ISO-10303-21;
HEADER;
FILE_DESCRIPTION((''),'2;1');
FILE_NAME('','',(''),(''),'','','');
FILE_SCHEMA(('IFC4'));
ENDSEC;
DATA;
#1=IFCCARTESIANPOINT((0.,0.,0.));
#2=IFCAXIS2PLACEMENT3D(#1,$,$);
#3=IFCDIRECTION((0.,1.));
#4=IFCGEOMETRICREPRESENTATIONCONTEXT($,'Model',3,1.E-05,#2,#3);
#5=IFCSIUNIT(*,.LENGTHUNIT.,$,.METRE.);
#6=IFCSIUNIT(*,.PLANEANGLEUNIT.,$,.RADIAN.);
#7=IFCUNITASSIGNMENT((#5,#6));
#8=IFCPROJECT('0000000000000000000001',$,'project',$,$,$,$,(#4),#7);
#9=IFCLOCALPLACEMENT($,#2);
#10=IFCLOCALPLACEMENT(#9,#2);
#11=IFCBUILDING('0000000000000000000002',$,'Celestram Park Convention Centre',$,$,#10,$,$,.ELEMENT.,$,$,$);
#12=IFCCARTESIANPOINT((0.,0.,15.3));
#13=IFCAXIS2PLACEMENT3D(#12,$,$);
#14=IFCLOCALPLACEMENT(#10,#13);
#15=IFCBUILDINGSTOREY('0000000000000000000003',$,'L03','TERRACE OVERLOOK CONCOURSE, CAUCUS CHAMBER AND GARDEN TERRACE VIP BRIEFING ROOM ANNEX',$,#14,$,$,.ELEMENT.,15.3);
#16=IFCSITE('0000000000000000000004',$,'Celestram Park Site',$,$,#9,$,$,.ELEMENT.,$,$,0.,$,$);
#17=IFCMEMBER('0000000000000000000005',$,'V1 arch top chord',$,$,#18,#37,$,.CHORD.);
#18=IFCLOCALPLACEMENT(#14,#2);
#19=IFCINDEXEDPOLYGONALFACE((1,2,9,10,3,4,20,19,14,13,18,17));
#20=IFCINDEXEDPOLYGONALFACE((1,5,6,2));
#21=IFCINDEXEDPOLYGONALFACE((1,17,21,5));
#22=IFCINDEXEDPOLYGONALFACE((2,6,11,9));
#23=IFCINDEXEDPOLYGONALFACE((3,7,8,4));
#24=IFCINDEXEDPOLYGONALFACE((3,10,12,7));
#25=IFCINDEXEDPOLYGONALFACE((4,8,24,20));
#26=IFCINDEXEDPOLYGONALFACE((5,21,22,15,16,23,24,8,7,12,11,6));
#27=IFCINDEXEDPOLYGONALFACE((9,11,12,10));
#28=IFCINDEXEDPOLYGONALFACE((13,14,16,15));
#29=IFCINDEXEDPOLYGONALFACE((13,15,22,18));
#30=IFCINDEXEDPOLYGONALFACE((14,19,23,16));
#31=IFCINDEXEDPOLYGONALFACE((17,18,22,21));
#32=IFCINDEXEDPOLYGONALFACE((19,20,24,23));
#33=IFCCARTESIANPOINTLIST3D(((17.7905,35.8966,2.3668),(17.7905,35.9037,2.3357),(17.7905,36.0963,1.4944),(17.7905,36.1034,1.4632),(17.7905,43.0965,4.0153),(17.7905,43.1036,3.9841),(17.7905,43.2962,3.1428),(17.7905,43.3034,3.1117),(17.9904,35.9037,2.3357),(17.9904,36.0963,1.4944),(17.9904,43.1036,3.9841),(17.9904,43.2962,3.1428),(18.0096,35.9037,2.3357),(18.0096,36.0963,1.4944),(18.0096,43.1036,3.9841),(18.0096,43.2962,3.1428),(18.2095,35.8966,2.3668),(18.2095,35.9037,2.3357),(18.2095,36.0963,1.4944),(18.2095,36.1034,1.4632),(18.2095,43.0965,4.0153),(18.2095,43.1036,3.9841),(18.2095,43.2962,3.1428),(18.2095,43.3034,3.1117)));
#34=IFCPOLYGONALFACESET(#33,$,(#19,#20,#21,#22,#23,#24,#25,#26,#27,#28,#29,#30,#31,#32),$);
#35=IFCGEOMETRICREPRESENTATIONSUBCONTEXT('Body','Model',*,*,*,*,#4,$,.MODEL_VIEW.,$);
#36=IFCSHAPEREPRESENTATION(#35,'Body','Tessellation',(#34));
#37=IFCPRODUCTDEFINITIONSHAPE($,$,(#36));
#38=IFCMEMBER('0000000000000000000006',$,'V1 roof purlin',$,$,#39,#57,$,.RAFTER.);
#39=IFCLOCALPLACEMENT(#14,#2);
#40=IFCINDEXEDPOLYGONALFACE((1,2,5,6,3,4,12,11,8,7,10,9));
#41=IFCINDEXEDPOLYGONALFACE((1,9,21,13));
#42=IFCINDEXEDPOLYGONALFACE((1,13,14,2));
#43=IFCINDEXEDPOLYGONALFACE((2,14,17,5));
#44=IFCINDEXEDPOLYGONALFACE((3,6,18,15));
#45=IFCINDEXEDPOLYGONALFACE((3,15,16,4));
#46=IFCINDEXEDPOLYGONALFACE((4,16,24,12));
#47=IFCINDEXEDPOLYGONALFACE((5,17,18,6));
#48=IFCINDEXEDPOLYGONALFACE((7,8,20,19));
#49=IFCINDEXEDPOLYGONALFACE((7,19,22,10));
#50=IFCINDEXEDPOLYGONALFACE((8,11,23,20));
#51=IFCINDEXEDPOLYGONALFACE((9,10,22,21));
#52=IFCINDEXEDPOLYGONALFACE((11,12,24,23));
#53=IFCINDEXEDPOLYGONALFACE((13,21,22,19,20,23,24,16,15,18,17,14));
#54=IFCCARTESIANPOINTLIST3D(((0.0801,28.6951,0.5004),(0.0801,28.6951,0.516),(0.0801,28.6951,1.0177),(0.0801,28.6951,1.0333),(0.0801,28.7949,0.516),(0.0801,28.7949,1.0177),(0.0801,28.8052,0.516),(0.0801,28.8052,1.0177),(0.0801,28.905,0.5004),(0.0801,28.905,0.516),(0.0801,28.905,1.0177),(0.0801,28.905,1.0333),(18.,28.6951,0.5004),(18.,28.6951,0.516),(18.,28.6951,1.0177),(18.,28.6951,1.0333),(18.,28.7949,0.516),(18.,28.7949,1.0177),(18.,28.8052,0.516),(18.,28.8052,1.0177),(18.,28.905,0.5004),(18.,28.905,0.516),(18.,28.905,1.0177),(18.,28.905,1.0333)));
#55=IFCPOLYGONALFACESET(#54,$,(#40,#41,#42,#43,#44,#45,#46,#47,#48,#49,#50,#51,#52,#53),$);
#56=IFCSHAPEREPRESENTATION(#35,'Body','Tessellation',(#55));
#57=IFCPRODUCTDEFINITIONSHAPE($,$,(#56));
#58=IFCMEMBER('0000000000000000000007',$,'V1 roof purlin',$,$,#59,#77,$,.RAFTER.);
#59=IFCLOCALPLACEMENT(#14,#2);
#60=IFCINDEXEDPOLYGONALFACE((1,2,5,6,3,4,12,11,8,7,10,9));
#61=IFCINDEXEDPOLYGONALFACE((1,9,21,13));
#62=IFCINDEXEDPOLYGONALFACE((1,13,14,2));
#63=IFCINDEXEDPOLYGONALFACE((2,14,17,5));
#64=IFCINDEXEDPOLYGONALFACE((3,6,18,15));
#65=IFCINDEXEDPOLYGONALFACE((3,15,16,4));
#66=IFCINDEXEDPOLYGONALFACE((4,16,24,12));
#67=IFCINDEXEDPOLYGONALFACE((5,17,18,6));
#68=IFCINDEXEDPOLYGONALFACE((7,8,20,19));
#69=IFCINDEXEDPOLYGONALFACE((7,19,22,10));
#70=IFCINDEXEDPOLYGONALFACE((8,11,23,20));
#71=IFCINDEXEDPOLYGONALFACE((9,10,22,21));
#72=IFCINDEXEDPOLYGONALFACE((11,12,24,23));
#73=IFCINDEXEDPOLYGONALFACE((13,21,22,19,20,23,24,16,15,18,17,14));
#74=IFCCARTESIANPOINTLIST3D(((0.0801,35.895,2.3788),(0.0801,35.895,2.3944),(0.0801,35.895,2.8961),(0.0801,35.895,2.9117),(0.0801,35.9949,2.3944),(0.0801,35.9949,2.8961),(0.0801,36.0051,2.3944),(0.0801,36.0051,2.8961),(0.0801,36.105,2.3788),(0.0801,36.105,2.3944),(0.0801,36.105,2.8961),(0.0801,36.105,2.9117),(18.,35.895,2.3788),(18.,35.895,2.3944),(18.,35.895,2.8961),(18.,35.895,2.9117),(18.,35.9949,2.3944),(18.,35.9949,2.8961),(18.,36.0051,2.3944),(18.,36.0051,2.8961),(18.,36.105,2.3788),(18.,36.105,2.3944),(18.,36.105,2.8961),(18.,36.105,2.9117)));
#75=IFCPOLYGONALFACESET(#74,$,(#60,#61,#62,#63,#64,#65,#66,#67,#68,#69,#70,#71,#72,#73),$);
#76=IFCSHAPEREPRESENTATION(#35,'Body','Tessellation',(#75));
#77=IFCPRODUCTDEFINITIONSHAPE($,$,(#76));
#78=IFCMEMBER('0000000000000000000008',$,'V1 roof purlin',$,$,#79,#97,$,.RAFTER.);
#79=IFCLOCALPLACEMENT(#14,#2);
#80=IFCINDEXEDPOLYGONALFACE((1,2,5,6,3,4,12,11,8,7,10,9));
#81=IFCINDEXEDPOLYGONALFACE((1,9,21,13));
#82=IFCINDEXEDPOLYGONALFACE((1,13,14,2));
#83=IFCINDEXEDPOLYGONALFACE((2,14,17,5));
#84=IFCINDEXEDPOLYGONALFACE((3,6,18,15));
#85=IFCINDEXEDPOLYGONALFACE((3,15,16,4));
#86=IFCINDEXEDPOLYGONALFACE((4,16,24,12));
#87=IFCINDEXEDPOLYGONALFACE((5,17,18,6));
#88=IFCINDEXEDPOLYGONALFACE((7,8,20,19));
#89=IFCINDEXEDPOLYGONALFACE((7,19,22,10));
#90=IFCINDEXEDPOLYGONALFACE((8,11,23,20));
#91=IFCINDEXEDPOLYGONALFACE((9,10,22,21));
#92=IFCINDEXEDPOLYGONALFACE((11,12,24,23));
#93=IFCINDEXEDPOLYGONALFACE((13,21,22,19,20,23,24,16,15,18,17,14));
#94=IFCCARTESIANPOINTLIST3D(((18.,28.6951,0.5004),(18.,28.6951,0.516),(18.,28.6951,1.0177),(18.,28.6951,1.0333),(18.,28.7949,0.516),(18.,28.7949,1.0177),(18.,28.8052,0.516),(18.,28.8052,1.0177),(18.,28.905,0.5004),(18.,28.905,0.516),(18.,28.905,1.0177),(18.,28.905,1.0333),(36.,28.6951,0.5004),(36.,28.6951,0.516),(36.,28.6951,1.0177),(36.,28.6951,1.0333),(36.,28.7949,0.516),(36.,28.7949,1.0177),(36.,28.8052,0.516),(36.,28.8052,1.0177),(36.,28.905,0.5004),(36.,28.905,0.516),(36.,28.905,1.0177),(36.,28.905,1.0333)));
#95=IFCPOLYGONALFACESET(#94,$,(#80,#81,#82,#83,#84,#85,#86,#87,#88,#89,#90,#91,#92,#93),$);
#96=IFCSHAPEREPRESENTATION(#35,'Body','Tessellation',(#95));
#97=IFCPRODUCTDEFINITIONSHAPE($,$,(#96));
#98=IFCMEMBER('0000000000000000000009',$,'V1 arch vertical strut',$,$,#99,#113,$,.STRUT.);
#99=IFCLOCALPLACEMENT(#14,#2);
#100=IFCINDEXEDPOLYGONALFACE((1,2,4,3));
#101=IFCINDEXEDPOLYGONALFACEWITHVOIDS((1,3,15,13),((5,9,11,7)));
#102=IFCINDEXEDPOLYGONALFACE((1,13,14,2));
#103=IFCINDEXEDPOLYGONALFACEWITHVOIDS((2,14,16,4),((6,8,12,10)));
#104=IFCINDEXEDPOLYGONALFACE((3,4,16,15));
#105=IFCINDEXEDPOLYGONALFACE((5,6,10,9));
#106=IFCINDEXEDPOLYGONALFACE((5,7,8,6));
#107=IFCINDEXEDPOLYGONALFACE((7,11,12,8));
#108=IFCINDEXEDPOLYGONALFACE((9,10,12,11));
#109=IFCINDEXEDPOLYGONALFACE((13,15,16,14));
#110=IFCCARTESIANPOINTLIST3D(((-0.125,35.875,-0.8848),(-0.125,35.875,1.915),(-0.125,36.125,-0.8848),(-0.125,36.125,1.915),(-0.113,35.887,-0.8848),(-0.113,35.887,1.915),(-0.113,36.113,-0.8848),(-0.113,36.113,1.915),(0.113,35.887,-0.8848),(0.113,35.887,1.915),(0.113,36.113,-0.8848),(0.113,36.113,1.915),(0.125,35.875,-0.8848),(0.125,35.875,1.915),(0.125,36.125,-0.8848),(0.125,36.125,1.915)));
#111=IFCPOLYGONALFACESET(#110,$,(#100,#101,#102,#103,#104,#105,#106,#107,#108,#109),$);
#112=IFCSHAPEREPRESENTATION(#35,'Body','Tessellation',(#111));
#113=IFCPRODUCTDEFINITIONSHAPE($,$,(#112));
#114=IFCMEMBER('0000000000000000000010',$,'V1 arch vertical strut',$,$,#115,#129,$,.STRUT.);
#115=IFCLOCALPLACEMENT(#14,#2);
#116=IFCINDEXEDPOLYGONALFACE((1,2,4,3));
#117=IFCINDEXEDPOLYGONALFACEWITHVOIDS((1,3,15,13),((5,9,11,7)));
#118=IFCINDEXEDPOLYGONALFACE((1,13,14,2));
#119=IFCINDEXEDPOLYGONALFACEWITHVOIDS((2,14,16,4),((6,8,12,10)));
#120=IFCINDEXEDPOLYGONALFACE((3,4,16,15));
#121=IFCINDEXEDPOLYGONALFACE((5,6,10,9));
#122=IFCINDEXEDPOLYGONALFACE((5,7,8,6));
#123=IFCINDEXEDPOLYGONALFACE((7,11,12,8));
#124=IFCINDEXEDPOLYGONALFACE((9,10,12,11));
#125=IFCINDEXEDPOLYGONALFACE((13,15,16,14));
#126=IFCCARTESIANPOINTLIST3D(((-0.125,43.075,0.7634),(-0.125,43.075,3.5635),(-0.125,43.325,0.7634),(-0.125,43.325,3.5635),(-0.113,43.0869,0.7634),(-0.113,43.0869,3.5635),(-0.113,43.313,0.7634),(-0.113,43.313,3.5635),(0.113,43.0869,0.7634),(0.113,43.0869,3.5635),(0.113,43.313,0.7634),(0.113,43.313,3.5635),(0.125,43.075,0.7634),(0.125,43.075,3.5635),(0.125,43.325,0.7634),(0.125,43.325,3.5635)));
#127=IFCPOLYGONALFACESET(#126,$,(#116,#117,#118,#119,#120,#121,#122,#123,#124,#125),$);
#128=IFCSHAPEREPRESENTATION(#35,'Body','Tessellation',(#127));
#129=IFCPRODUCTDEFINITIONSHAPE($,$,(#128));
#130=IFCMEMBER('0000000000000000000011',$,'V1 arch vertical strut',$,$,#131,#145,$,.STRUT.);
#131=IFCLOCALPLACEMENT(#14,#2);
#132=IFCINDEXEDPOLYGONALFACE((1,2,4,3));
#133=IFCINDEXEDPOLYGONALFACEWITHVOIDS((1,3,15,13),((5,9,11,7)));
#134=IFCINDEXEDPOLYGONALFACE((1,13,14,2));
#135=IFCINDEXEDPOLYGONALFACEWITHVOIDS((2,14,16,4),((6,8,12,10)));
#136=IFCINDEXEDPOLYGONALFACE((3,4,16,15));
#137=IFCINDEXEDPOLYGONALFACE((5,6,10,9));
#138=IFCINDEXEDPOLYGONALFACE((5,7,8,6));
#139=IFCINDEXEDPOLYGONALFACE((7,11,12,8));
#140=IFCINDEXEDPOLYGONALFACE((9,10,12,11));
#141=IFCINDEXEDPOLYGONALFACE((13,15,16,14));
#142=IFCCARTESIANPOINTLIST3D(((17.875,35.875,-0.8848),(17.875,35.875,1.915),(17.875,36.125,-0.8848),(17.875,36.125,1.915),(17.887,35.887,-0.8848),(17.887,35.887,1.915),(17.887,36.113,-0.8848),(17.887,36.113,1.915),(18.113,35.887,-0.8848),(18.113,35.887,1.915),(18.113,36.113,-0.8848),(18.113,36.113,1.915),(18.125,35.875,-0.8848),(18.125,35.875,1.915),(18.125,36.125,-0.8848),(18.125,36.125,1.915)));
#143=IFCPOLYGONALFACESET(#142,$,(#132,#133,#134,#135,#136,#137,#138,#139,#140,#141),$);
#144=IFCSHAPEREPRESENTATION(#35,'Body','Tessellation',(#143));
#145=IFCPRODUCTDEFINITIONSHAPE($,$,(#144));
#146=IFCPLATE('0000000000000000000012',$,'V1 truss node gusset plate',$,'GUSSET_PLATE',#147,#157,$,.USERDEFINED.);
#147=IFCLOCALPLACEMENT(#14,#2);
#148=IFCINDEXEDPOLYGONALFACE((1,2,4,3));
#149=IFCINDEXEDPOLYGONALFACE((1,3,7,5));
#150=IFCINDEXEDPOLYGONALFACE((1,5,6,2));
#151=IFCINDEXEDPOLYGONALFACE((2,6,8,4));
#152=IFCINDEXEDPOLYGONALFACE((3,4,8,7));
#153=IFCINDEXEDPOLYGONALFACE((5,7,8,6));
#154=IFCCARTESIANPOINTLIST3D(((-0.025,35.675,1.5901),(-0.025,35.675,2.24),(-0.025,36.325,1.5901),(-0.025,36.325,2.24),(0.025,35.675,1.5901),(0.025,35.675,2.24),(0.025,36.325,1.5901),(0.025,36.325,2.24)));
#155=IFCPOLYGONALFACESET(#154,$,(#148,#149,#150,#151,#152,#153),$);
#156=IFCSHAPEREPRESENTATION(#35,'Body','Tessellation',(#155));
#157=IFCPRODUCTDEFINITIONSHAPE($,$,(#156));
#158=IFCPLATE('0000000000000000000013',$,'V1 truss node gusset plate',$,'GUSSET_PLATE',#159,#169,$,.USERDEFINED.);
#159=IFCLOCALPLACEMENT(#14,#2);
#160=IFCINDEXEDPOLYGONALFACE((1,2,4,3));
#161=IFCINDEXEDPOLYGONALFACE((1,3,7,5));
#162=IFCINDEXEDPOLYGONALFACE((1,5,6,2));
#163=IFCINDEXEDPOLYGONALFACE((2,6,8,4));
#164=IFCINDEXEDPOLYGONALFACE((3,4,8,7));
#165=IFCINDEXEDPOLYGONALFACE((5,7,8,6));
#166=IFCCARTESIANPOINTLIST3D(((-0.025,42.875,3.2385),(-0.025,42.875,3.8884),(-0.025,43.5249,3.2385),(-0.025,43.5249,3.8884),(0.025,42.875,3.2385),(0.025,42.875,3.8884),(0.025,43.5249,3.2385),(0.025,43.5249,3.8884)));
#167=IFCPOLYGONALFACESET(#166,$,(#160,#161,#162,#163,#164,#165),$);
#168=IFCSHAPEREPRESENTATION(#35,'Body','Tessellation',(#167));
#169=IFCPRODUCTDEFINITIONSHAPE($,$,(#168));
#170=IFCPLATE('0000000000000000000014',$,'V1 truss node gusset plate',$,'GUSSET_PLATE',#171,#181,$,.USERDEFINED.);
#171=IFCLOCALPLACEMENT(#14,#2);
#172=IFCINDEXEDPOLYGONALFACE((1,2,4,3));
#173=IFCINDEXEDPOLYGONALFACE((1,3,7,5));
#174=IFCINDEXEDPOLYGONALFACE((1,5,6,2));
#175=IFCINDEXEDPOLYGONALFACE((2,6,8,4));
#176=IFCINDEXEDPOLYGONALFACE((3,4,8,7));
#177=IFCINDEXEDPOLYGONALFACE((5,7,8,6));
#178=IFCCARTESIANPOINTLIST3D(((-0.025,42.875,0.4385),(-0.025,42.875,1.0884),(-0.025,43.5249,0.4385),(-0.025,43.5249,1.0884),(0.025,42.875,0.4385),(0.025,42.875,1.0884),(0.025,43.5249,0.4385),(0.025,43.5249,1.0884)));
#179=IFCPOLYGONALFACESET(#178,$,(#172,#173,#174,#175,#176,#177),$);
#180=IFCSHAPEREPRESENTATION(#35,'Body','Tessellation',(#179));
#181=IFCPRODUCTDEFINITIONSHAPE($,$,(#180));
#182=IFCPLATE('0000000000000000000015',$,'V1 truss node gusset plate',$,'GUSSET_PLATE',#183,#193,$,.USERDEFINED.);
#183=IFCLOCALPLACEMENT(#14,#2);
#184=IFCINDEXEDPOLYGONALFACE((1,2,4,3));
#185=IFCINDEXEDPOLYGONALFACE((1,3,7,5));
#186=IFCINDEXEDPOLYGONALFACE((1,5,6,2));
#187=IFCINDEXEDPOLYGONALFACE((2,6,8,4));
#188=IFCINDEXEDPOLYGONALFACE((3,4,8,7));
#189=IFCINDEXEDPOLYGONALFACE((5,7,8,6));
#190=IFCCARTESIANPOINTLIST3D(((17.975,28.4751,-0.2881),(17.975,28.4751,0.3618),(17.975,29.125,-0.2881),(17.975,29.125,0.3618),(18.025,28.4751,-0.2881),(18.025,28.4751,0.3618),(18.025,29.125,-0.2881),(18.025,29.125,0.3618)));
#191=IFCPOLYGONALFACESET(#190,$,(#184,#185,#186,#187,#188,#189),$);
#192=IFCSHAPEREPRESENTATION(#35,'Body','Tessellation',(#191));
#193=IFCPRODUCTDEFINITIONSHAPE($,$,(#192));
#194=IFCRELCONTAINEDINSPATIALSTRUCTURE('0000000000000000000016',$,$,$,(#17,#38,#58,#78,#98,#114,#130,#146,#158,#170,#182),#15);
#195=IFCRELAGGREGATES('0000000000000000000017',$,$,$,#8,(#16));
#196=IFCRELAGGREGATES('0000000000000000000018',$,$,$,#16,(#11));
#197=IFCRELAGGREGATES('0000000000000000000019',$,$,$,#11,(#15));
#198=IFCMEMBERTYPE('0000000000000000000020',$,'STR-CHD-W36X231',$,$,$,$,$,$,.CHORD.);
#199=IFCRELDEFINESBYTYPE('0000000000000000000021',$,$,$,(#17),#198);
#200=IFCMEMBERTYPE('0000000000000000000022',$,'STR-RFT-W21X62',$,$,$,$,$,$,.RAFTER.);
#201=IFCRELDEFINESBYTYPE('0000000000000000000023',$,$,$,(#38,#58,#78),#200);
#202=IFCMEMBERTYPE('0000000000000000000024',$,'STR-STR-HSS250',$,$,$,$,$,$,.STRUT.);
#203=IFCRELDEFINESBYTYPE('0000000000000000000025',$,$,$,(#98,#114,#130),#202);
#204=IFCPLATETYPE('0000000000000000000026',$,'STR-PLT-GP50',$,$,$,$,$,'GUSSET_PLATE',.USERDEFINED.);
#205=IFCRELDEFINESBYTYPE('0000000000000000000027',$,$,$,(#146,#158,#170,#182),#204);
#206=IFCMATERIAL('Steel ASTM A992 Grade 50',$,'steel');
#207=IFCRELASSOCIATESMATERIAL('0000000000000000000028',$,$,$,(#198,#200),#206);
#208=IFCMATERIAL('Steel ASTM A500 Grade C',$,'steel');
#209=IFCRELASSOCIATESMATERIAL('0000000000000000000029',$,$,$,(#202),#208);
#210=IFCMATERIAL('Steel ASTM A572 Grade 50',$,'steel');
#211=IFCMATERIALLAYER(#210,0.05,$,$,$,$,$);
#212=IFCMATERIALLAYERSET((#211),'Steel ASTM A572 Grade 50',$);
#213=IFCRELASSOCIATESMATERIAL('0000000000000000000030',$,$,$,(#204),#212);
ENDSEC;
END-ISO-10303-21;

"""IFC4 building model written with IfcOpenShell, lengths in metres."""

from ifc_helpers import new_model, si_unit, direction, frame, origin, origin_2d, place, context, subcontext, project, spatial, rectangle, hollow_rectangle, i_section, extrude, material, layer, layer_set, material_profile, profile_set, type_object, element, save


model = new_model("IFC4")

# Units and contexts
model_context = context("Model", 3, precision=1e-05, world=origin(), true_north=direction((0.0, 1.0)))
body_context = subcontext(model_context, "Body", "Model", "MODEL_VIEW")
ifc_project = project(units=[si_unit("LENGTHUNIT", "METRE"), si_unit("PLANEANGLEUNIT", "RADIAN")], contexts=[model_context])

# Site, building, storey
site_placement = place(None, origin())
site = spatial("IfcSite", under=ifc_project, at=site_placement, Name="Celestram Park Site", CompositionType="ELEMENT", RefElevation=0.0)
building_placement = place(site_placement, origin())
building = spatial("IfcBuilding", under=site, at=building_placement, Name="Celestram Park Convention Centre", CompositionType="ELEMENT")
storey_placement = place(building_placement, frame((0.0, 0.0, 15.3)))
storey = spatial("IfcBuildingStorey", under=building, at=storey_placement, Name="L03", Description="TERRACE OVERLOOK CONCOURSE, CAUCUS CHAMBER AND GARDEN TERRACE VIP BRIEFING ROOM ANNEX", CompositionType="ELEMENT", Elevation=15.3)

# Members
ifc_material_1 = material(Name="Steel ASTM A500 Grade C", Category="steel")
ifc_material_2 = material(Name="Steel ASTM A992 Grade 50", Category="steel")
ifc_material_profile_1 = material_profile(ifc_material_2, i_section(OverallWidth=0.4189, OverallDepth=0.927, WebThickness=0.0193, FlangeThickness=0.032, at=origin_2d()), Name="W36X231")
ifc_profile_set_1 = profile_set([ifc_material_profile_1], Name="Steel ASTM A992 Grade 50")
member_type_1 = type_object("IfcMemberType", Name="STR-CHD-W36X231", PredefinedType="CHORD", material=ifc_profile_set_1)
member_1_placement = place(storey_placement, frame((18.0, 36.0, 1.915), z_axis=(0.0, 0.974778, 0.223177), x_axis=(-1.0, 0.0, 0.0)))
element("IfcMember", 1, at=member_1_placement, inside=storey, type_object=member_type_1, Name="V1 arch top chord", PredefinedType="CHORD", context=body_context, shape_type="SweptSolid", body=[
    extrude(i_section(OverallWidth=0.4189, OverallDepth=0.927, WebThickness=0.0193, FlangeThickness=0.032, at=origin_2d()), origin(), (0.0, 0.0, 1.0), 7.3862),
])
ifc_material_profile_2 = material_profile(ifc_material_2, i_section(OverallWidth=0.21, OverallDepth=0.533, WebThickness=0.0103, FlangeThickness=0.0156, at=origin_2d()), Name="W21X62")
ifc_profile_set_2 = profile_set([ifc_material_profile_2], Name="Steel ASTM A992 Grade 50")
member_type_2 = type_object("IfcMemberType", Name="STR-RFT-W21X62", PredefinedType="RAFTER", material=ifc_profile_set_2)
for number, where, z_axis, x_axis, name in (
    (2, (0.0801, 28.8, 0.7668), (1.0, 0.0, 0.0), (0.0, 1.0, 0.0), "V1 roof purlin"),
    (3, (0.0801, 36.0, 2.6453), (1.0, 0.0, 0.0), (0.0, 1.0, 0.0), "V1 roof purlin"),
):
    element("IfcMember", number, at=place(storey_placement, frame(where, z_axis=z_axis, x_axis=x_axis)), inside=storey, type_object=member_type_2, Name=name, PredefinedType="RAFTER", context=body_context, shape_type="SweptSolid", body=[
        extrude(i_section(OverallWidth=0.21, OverallDepth=0.533, WebThickness=0.0103, FlangeThickness=0.0156, at=origin_2d()), origin(), (0.0, 0.0, 1.0), 17.9199),
    ])
member_2_placement = place(storey_placement, frame((18.0, 28.8, 0.7668), z_axis=(1.0, 0.0, 0.0), x_axis=(0.0, 1.0, 0.0)))
element("IfcMember", 4, at=member_2_placement, inside=storey, type_object=member_type_2, Name="V1 roof purlin", PredefinedType="RAFTER", context=body_context, shape_type="SweptSolid", body=[
    extrude(i_section(OverallWidth=0.21, OverallDepth=0.533, WebThickness=0.0103, FlangeThickness=0.0156, at=origin_2d()), origin(), (0.0, 0.0, 1.0), 18.0),
])
ifc_material_profile_3 = material_profile(ifc_material_1, hollow_rectangle(XDim=0.25, YDim=0.25, WallThickness=0.012, at=origin_2d()), Name="HSS250X250X12")
ifc_profile_set_3 = profile_set([ifc_material_profile_3], Name="Steel ASTM A500 Grade C")
member_type_3 = type_object("IfcMemberType", Name="STR-STR-HSS250", PredefinedType="STRUT", material=ifc_profile_set_3)
member_3_placement = place(storey_placement, frame((0.0, 36.0, -0.8848), z_axis=(0.0, 0.0, 1.0), x_axis=(1.0, 0.0, 0.0)))
element("IfcMember", 5, at=member_3_placement, inside=storey, type_object=member_type_3, Name="V1 arch vertical strut", PredefinedType="STRUT", context=body_context, shape_type="SweptSolid", body=[
    extrude(hollow_rectangle(XDim=0.25, YDim=0.25, WallThickness=0.012, at=origin_2d()), origin(), (0.0, 0.0, 1.0), 2.7998),
])
member_4_placement = place(storey_placement, frame((0.0, 43.2, 0.7634), z_axis=(0.0, 0.0, 1.0), x_axis=(1.0, 0.0, 0.0)))
element("IfcMember", 6, at=member_4_placement, inside=storey, type_object=member_type_3, Name="V1 arch vertical strut", PredefinedType="STRUT", context=body_context, shape_type="SweptSolid", body=[
    extrude(hollow_rectangle(XDim=0.25, YDim=0.25, WallThickness=0.012, at=origin_2d()), origin(), (0.0, 0.0, 1.0), 2.8),
])
member_5_placement = place(storey_placement, frame((18.0, 36.0, -0.8848), z_axis=(0.0, 0.0, 1.0), x_axis=(1.0, 0.0, 0.0)))
element("IfcMember", 7, at=member_5_placement, inside=storey, type_object=member_type_3, Name="V1 arch vertical strut", PredefinedType="STRUT", context=body_context, shape_type="SweptSolid", body=[
    extrude(hollow_rectangle(XDim=0.25, YDim=0.25, WallThickness=0.012, at=origin_2d()), origin(), (0.0, 0.0, 1.0), 2.7998),
])

# Plates
ifc_material_3 = material(Name="Steel ASTM A572 Grade 50", Category="steel")
ifc_layer_1 = layer(ifc_material_3, 0.05)
ifc_layer_set_1 = layer_set([ifc_layer_1], Name="Steel ASTM A572 Grade 50")
plate_type = type_object("IfcPlateType", Name="STR-PLT-GP50", ElementType="GUSSET_PLATE", PredefinedType="USERDEFINED", material=ifc_layer_set_1)
for number, where, z_axis, x_axis, name in (
    (8, (0.0, 36.0, 1.5901), (0.0, 0.0, 1.0), (0.0, 1.0, 0.0), "V1 truss node gusset plate"),
    (9, (0.0, 43.2, 3.2385), (0.0, 0.0, 1.0), (0.0, 1.0, 0.0), "V1 truss node gusset plate"),
    (10, (0.0, 43.2, 0.4385), (0.0, 0.0, 1.0), (0.0, 1.0, 0.0), "V1 truss node gusset plate"),
    (11, (18.0, 28.8, -0.2881), (0.0, 0.0, 1.0), (0.0, 1.0, 0.0), "V1 truss node gusset plate"),
):
    element("IfcPlate", number, at=place(storey_placement, frame(where, z_axis=z_axis, x_axis=x_axis)), inside=storey, type_object=plate_type, Name=name, ObjectType="GUSSET_PLATE", PredefinedType="USERDEFINED", context=body_context, shape_type="SweptSolid", body=[
        extrude(rectangle(XDim=0.6499, YDim=0.05, at=origin_2d()), origin(), (0.0, 0.0, 1.0), 0.6499),
    ])

save(model, "model.ifc")
